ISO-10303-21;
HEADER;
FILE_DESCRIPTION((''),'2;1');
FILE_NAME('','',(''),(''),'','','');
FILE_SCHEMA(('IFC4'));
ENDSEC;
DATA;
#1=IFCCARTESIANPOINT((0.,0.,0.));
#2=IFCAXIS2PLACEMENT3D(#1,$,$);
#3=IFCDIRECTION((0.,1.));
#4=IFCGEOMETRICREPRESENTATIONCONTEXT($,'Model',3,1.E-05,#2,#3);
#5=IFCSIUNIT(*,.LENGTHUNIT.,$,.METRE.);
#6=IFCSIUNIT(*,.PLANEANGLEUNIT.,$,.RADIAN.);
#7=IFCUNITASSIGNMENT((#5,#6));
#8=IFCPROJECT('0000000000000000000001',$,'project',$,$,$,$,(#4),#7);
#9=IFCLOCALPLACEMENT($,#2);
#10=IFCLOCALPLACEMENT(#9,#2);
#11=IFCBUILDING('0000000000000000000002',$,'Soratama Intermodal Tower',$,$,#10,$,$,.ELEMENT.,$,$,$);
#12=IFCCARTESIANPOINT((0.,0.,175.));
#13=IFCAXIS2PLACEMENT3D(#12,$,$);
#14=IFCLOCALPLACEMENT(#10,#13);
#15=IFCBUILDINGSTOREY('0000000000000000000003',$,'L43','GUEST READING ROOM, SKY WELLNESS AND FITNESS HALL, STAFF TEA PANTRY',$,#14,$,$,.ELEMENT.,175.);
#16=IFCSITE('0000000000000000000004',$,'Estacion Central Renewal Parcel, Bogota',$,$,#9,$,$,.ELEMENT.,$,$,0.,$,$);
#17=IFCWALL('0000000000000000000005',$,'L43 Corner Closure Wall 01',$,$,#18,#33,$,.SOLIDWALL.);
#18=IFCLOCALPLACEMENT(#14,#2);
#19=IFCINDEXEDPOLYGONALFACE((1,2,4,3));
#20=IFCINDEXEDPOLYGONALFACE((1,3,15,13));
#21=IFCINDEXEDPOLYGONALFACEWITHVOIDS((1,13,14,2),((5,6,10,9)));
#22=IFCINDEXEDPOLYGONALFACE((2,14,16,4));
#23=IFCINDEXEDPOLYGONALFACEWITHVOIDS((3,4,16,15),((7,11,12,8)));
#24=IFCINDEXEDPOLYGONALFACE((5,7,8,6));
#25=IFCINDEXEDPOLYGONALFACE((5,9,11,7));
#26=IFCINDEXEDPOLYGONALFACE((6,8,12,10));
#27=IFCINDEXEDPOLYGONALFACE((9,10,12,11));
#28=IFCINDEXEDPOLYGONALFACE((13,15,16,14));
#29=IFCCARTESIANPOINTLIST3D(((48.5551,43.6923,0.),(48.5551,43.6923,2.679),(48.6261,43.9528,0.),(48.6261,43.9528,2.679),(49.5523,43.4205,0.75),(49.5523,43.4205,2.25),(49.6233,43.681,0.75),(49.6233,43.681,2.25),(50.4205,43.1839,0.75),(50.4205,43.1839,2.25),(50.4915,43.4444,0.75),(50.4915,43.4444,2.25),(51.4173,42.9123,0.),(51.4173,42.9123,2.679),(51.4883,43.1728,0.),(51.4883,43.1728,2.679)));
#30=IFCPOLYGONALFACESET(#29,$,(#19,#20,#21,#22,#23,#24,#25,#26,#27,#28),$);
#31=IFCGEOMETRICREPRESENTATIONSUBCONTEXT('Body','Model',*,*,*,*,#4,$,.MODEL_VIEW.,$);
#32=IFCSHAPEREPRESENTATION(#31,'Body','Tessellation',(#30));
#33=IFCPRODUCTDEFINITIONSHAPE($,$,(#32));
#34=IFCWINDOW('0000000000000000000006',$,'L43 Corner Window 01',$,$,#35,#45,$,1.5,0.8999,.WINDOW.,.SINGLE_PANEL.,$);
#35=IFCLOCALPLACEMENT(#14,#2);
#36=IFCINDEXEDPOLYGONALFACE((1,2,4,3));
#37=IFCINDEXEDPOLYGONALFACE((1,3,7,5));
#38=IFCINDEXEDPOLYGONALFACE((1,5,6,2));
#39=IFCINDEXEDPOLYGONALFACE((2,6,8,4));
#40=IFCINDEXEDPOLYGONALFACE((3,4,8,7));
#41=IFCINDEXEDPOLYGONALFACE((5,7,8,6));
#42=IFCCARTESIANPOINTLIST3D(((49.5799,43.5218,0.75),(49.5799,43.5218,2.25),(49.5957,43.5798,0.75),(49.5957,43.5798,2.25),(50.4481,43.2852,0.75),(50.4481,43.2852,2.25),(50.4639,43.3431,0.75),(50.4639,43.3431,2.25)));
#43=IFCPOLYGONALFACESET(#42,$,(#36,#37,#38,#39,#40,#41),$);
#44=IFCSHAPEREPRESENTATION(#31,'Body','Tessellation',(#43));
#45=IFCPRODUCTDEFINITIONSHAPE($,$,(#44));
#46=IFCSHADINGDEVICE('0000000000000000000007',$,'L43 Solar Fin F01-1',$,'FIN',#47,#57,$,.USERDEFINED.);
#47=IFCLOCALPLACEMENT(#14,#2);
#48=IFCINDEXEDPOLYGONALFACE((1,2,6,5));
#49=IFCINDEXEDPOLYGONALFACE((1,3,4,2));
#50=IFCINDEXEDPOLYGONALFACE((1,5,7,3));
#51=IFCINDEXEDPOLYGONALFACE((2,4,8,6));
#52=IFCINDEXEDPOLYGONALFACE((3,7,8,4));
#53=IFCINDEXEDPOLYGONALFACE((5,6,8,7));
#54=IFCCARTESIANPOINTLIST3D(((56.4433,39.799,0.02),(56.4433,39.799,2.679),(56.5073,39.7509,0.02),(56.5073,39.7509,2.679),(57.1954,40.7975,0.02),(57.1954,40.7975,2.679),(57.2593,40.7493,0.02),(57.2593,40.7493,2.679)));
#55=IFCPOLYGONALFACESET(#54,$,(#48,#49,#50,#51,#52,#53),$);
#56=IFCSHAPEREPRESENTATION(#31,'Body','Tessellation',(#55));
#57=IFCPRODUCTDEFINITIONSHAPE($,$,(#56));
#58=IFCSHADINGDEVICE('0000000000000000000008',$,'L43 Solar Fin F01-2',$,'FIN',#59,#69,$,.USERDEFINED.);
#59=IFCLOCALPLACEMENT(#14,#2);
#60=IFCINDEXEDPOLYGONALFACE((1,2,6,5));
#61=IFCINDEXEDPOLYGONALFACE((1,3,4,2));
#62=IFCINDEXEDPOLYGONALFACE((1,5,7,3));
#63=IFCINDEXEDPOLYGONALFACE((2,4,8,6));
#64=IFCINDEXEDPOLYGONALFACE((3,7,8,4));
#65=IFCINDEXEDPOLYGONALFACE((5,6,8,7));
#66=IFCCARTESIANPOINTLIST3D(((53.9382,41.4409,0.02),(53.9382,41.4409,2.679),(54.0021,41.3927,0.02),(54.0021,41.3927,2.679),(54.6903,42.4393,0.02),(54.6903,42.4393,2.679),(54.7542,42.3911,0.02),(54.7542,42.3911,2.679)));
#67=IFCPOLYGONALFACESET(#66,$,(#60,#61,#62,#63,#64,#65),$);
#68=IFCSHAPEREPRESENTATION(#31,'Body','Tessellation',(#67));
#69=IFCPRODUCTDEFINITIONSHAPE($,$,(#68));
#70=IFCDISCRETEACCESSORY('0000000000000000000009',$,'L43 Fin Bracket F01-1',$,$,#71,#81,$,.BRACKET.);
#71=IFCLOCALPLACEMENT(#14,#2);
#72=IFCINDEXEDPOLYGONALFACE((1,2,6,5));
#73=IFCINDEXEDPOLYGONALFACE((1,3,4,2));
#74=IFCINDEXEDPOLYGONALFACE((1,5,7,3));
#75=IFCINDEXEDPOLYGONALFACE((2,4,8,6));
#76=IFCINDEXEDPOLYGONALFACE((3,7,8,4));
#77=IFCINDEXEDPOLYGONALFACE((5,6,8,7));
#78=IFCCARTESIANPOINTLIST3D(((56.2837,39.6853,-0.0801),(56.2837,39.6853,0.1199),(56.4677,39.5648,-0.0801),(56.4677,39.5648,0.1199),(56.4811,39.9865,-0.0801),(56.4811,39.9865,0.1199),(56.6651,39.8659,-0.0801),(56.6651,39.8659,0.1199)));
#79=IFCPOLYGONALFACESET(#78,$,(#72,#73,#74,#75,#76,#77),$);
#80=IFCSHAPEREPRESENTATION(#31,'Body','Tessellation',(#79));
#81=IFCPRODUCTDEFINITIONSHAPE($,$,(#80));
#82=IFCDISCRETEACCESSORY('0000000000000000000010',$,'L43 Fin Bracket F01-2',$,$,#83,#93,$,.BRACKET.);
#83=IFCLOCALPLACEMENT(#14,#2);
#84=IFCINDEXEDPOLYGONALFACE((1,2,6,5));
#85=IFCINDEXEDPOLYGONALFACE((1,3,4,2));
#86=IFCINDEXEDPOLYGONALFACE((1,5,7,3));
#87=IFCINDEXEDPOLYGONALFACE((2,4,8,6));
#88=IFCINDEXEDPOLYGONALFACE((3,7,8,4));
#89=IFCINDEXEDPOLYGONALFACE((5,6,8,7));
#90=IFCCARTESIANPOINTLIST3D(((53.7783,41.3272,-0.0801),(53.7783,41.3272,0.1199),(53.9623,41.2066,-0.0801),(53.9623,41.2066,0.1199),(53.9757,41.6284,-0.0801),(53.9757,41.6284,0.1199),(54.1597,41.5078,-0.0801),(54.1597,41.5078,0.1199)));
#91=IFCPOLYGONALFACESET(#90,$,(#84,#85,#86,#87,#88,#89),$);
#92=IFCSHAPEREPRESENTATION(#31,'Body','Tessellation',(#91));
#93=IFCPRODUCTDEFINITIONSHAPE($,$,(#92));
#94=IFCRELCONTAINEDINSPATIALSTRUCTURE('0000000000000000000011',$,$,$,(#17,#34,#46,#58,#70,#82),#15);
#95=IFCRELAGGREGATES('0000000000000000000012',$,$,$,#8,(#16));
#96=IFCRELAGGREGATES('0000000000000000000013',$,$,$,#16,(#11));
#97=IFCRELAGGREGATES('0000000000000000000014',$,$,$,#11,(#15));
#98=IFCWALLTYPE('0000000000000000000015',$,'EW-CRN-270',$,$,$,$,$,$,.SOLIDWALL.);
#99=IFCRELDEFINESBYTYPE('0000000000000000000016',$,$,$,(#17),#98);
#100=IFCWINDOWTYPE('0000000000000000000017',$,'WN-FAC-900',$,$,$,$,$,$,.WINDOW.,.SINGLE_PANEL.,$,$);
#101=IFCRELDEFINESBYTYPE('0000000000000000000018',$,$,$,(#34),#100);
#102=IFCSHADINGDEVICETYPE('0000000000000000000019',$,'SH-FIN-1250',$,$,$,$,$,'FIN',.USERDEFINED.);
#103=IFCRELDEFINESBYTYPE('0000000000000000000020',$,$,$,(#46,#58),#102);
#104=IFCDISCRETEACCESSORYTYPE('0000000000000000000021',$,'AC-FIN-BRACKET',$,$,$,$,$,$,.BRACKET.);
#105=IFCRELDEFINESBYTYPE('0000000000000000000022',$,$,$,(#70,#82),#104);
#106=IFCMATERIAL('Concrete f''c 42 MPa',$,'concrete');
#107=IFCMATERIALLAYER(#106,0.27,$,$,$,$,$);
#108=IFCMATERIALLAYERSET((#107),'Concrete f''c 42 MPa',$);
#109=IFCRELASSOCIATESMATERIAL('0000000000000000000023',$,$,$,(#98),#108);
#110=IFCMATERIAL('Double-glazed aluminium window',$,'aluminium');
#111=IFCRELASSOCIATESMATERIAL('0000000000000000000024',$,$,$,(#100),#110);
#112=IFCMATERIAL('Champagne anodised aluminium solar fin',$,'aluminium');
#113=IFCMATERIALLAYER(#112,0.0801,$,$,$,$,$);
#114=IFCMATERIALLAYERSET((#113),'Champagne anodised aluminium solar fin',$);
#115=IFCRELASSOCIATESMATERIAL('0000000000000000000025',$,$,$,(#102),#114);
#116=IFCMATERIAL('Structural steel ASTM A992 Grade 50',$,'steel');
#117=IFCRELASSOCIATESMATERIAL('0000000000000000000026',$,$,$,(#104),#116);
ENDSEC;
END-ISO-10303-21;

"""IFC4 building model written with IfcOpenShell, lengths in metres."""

from ifc_helpers import new_model, si_unit, direction, frame, frame_2d, origin, origin_2d, place, context, subcontext, project, spatial, rectangle, extrude, material, layer, layer_set, type_object, element, fill, save


model = new_model("IFC4")

# Units and contexts
model_context = context("Model", 3, precision=1e-05, world=origin(), true_north=direction((0.0, 1.0)))
body_context = subcontext(model_context, "Body", "Model", "MODEL_VIEW")
ifc_project = project(units=[si_unit("LENGTHUNIT", "METRE"), si_unit("PLANEANGLEUNIT", "RADIAN")], contexts=[model_context])

# Site, building, storey
site_placement = place(None, origin())
site = spatial("IfcSite", under=ifc_project, at=site_placement, Name="Estacion Central Renewal Parcel, Bogota", CompositionType="ELEMENT", RefElevation=0.0)
building_placement = place(site_placement, origin())
building = spatial("IfcBuilding", under=site, at=building_placement, Name="Soratama Intermodal Tower", CompositionType="ELEMENT")
storey_placement = place(building_placement, frame((0.0, 0.0, 175.0)))
storey = spatial("IfcBuildingStorey", under=building, at=storey_placement, Name="L43", Description="GUEST READING ROOM, SKY WELLNESS AND FITNESS HALL, STAFF TEA PANTRY", CompositionType="ELEMENT", Elevation=175.0)

# Wall, opening, window
ifc_material_1 = material(Name="Concrete f'c 42 MPa", Category="concrete")
ifc_layer_1 = layer(ifc_material_1, 0.27)
ifc_layer_set_1 = layer_set([ifc_layer_1], Name="Concrete f'c 42 MPa")
wall_type = type_object("IfcWallType", Name="EW-CRN-270", PredefinedType="SOLIDWALL", material=ifc_layer_set_1)
wall_placement = place(storey_placement, frame((51.4529, 43.0425, 0.0), z_axis=(0.0, 0.0, 1.0), x_axis=(-0.964809, 0.26295, 0.0)))
wall = element("IfcWall", 1, at=wall_placement, inside=storey, type_object=wall_type, Name="L43 Corner Closure Wall 01", PredefinedType="SOLIDWALL", context=body_context, shape_type="SweptSolid", body=[
    extrude(rectangle(XDim=2.9666, YDim=0.27, at=frame_2d((1.4834, 0.0))), origin(), (0.0, 0.0, 1.0), 2.679),
])
opening_placement = place(wall_placement, frame((1.0332, 0.0, 0.75)))
opening = element("IfcOpeningElement", 2, at=opening_placement, cuts=wall, PredefinedType="OPENING", context=body_context, shape_type="SweptSolid", body=[
    extrude(rectangle(XDim=0.8999, YDim=1.5, at=frame_2d((0.45, 0.75))), frame((0.0, 0.145, 0.0), z_axis=(0.0, -1.0, 0.0), x_axis=(1.0, 0.0, 0.0)), (0.0, 0.0, 1.0), 0.29),
])
ifc_material_2 = material(Name="Double-glazed aluminium window", Category="aluminium")
window_type = type_object("IfcWindowType", Name="WN-FAC-900", PartitioningType="SINGLE_PANEL", PredefinedType="WINDOW", material=ifc_material_2)
window_placement = place(opening_placement, origin())
window = element("IfcWindow", 3, at=window_placement, inside=storey, type_object=window_type, Name="L43 Corner Window 01", OverallHeight=1.5, OverallWidth=0.8999, PartitioningType="SINGLE_PANEL", PredefinedType="WINDOW", context=body_context, shape_type="SweptSolid", body=[
    extrude(rectangle(XDim=0.8999, YDim=1.5, at=frame_2d((0.45, 0.75))), frame((0.0, 0.03, 0.0), z_axis=(0.0, -1.0, 0.0), x_axis=(1.0, 0.0, 0.0)), (0.0, 0.0, 1.0), 0.0601),
])
fill(opening, window)

# Shading devices
ifc_material_3 = material(Name="Champagne anodised aluminium solar fin", Category="aluminium")
ifc_layer_2 = layer(ifc_material_3, 0.0801)
ifc_layer_set_2 = layer_set([ifc_layer_2], Name="Champagne anodised aluminium solar fin")
shading_device_type = type_object("IfcShadingDeviceType", Name="SH-FIN-1250", ElementType="FIN", PredefinedType="USERDEFINED", material=ifc_layer_set_2)
for number, where, z_axis, x_axis, name in (
    (4, (56.8513, 40.2742, 0.02), (0.0, 0.0, 1.0), (0.601676, 0.798741, 0.0), "L43 Solar Fin F01-1"),
    (5, (54.3462, 41.916, 0.02), (0.0, 0.0, 1.0), (0.601676, 0.798741, 0.0), "L43 Solar Fin F01-2"),
):
    element("IfcShadingDevice", number, at=place(storey_placement, frame(where, z_axis=z_axis, x_axis=x_axis)), inside=storey, type_object=shading_device_type, Name=name, ObjectType="FIN", PredefinedType="USERDEFINED", context=body_context, shape_type="SweptSolid", body=[
        extrude(rectangle(XDim=1.25, YDim=0.0801, at=origin_2d()), origin(), (0.0, 0.0, 1.0), 2.6589),
    ])

# Discrete accessories
ifc_material_4 = material(Name="Structural steel ASTM A992 Grade 50", Category="steel")
discrete_accessory_type = type_object("IfcDiscreteAccessoryType", Name="AC-FIN-BRACKET", PredefinedType="BRACKET", material=ifc_material_4)
for number, where, z_axis, x_axis, name in (
    (6, (56.4744, 39.7756, -0.0801), (0.0, 0.0, 1.0), (0.548147, 0.836382, 0.0), "L43 Fin Bracket F01-1"),
    (7, (53.969, 41.4175, -0.0801), (0.0, 0.0, 1.0), (0.548147, 0.836382, 0.0), "L43 Fin Bracket F01-2"),
):
    element("IfcDiscreteAccessory", number, at=place(storey_placement, frame(where, z_axis=z_axis, x_axis=x_axis)), inside=storey, type_object=discrete_accessory_type, Name=name, PredefinedType="BRACKET", context=body_context, shape_type="SweptSolid", body=[
        extrude(rectangle(XDim=0.3601, YDim=0.22, at=origin_2d()), origin(), (0.0, 0.0, 1.0), 0.2),
    ])

save(model, "model.ifc")
